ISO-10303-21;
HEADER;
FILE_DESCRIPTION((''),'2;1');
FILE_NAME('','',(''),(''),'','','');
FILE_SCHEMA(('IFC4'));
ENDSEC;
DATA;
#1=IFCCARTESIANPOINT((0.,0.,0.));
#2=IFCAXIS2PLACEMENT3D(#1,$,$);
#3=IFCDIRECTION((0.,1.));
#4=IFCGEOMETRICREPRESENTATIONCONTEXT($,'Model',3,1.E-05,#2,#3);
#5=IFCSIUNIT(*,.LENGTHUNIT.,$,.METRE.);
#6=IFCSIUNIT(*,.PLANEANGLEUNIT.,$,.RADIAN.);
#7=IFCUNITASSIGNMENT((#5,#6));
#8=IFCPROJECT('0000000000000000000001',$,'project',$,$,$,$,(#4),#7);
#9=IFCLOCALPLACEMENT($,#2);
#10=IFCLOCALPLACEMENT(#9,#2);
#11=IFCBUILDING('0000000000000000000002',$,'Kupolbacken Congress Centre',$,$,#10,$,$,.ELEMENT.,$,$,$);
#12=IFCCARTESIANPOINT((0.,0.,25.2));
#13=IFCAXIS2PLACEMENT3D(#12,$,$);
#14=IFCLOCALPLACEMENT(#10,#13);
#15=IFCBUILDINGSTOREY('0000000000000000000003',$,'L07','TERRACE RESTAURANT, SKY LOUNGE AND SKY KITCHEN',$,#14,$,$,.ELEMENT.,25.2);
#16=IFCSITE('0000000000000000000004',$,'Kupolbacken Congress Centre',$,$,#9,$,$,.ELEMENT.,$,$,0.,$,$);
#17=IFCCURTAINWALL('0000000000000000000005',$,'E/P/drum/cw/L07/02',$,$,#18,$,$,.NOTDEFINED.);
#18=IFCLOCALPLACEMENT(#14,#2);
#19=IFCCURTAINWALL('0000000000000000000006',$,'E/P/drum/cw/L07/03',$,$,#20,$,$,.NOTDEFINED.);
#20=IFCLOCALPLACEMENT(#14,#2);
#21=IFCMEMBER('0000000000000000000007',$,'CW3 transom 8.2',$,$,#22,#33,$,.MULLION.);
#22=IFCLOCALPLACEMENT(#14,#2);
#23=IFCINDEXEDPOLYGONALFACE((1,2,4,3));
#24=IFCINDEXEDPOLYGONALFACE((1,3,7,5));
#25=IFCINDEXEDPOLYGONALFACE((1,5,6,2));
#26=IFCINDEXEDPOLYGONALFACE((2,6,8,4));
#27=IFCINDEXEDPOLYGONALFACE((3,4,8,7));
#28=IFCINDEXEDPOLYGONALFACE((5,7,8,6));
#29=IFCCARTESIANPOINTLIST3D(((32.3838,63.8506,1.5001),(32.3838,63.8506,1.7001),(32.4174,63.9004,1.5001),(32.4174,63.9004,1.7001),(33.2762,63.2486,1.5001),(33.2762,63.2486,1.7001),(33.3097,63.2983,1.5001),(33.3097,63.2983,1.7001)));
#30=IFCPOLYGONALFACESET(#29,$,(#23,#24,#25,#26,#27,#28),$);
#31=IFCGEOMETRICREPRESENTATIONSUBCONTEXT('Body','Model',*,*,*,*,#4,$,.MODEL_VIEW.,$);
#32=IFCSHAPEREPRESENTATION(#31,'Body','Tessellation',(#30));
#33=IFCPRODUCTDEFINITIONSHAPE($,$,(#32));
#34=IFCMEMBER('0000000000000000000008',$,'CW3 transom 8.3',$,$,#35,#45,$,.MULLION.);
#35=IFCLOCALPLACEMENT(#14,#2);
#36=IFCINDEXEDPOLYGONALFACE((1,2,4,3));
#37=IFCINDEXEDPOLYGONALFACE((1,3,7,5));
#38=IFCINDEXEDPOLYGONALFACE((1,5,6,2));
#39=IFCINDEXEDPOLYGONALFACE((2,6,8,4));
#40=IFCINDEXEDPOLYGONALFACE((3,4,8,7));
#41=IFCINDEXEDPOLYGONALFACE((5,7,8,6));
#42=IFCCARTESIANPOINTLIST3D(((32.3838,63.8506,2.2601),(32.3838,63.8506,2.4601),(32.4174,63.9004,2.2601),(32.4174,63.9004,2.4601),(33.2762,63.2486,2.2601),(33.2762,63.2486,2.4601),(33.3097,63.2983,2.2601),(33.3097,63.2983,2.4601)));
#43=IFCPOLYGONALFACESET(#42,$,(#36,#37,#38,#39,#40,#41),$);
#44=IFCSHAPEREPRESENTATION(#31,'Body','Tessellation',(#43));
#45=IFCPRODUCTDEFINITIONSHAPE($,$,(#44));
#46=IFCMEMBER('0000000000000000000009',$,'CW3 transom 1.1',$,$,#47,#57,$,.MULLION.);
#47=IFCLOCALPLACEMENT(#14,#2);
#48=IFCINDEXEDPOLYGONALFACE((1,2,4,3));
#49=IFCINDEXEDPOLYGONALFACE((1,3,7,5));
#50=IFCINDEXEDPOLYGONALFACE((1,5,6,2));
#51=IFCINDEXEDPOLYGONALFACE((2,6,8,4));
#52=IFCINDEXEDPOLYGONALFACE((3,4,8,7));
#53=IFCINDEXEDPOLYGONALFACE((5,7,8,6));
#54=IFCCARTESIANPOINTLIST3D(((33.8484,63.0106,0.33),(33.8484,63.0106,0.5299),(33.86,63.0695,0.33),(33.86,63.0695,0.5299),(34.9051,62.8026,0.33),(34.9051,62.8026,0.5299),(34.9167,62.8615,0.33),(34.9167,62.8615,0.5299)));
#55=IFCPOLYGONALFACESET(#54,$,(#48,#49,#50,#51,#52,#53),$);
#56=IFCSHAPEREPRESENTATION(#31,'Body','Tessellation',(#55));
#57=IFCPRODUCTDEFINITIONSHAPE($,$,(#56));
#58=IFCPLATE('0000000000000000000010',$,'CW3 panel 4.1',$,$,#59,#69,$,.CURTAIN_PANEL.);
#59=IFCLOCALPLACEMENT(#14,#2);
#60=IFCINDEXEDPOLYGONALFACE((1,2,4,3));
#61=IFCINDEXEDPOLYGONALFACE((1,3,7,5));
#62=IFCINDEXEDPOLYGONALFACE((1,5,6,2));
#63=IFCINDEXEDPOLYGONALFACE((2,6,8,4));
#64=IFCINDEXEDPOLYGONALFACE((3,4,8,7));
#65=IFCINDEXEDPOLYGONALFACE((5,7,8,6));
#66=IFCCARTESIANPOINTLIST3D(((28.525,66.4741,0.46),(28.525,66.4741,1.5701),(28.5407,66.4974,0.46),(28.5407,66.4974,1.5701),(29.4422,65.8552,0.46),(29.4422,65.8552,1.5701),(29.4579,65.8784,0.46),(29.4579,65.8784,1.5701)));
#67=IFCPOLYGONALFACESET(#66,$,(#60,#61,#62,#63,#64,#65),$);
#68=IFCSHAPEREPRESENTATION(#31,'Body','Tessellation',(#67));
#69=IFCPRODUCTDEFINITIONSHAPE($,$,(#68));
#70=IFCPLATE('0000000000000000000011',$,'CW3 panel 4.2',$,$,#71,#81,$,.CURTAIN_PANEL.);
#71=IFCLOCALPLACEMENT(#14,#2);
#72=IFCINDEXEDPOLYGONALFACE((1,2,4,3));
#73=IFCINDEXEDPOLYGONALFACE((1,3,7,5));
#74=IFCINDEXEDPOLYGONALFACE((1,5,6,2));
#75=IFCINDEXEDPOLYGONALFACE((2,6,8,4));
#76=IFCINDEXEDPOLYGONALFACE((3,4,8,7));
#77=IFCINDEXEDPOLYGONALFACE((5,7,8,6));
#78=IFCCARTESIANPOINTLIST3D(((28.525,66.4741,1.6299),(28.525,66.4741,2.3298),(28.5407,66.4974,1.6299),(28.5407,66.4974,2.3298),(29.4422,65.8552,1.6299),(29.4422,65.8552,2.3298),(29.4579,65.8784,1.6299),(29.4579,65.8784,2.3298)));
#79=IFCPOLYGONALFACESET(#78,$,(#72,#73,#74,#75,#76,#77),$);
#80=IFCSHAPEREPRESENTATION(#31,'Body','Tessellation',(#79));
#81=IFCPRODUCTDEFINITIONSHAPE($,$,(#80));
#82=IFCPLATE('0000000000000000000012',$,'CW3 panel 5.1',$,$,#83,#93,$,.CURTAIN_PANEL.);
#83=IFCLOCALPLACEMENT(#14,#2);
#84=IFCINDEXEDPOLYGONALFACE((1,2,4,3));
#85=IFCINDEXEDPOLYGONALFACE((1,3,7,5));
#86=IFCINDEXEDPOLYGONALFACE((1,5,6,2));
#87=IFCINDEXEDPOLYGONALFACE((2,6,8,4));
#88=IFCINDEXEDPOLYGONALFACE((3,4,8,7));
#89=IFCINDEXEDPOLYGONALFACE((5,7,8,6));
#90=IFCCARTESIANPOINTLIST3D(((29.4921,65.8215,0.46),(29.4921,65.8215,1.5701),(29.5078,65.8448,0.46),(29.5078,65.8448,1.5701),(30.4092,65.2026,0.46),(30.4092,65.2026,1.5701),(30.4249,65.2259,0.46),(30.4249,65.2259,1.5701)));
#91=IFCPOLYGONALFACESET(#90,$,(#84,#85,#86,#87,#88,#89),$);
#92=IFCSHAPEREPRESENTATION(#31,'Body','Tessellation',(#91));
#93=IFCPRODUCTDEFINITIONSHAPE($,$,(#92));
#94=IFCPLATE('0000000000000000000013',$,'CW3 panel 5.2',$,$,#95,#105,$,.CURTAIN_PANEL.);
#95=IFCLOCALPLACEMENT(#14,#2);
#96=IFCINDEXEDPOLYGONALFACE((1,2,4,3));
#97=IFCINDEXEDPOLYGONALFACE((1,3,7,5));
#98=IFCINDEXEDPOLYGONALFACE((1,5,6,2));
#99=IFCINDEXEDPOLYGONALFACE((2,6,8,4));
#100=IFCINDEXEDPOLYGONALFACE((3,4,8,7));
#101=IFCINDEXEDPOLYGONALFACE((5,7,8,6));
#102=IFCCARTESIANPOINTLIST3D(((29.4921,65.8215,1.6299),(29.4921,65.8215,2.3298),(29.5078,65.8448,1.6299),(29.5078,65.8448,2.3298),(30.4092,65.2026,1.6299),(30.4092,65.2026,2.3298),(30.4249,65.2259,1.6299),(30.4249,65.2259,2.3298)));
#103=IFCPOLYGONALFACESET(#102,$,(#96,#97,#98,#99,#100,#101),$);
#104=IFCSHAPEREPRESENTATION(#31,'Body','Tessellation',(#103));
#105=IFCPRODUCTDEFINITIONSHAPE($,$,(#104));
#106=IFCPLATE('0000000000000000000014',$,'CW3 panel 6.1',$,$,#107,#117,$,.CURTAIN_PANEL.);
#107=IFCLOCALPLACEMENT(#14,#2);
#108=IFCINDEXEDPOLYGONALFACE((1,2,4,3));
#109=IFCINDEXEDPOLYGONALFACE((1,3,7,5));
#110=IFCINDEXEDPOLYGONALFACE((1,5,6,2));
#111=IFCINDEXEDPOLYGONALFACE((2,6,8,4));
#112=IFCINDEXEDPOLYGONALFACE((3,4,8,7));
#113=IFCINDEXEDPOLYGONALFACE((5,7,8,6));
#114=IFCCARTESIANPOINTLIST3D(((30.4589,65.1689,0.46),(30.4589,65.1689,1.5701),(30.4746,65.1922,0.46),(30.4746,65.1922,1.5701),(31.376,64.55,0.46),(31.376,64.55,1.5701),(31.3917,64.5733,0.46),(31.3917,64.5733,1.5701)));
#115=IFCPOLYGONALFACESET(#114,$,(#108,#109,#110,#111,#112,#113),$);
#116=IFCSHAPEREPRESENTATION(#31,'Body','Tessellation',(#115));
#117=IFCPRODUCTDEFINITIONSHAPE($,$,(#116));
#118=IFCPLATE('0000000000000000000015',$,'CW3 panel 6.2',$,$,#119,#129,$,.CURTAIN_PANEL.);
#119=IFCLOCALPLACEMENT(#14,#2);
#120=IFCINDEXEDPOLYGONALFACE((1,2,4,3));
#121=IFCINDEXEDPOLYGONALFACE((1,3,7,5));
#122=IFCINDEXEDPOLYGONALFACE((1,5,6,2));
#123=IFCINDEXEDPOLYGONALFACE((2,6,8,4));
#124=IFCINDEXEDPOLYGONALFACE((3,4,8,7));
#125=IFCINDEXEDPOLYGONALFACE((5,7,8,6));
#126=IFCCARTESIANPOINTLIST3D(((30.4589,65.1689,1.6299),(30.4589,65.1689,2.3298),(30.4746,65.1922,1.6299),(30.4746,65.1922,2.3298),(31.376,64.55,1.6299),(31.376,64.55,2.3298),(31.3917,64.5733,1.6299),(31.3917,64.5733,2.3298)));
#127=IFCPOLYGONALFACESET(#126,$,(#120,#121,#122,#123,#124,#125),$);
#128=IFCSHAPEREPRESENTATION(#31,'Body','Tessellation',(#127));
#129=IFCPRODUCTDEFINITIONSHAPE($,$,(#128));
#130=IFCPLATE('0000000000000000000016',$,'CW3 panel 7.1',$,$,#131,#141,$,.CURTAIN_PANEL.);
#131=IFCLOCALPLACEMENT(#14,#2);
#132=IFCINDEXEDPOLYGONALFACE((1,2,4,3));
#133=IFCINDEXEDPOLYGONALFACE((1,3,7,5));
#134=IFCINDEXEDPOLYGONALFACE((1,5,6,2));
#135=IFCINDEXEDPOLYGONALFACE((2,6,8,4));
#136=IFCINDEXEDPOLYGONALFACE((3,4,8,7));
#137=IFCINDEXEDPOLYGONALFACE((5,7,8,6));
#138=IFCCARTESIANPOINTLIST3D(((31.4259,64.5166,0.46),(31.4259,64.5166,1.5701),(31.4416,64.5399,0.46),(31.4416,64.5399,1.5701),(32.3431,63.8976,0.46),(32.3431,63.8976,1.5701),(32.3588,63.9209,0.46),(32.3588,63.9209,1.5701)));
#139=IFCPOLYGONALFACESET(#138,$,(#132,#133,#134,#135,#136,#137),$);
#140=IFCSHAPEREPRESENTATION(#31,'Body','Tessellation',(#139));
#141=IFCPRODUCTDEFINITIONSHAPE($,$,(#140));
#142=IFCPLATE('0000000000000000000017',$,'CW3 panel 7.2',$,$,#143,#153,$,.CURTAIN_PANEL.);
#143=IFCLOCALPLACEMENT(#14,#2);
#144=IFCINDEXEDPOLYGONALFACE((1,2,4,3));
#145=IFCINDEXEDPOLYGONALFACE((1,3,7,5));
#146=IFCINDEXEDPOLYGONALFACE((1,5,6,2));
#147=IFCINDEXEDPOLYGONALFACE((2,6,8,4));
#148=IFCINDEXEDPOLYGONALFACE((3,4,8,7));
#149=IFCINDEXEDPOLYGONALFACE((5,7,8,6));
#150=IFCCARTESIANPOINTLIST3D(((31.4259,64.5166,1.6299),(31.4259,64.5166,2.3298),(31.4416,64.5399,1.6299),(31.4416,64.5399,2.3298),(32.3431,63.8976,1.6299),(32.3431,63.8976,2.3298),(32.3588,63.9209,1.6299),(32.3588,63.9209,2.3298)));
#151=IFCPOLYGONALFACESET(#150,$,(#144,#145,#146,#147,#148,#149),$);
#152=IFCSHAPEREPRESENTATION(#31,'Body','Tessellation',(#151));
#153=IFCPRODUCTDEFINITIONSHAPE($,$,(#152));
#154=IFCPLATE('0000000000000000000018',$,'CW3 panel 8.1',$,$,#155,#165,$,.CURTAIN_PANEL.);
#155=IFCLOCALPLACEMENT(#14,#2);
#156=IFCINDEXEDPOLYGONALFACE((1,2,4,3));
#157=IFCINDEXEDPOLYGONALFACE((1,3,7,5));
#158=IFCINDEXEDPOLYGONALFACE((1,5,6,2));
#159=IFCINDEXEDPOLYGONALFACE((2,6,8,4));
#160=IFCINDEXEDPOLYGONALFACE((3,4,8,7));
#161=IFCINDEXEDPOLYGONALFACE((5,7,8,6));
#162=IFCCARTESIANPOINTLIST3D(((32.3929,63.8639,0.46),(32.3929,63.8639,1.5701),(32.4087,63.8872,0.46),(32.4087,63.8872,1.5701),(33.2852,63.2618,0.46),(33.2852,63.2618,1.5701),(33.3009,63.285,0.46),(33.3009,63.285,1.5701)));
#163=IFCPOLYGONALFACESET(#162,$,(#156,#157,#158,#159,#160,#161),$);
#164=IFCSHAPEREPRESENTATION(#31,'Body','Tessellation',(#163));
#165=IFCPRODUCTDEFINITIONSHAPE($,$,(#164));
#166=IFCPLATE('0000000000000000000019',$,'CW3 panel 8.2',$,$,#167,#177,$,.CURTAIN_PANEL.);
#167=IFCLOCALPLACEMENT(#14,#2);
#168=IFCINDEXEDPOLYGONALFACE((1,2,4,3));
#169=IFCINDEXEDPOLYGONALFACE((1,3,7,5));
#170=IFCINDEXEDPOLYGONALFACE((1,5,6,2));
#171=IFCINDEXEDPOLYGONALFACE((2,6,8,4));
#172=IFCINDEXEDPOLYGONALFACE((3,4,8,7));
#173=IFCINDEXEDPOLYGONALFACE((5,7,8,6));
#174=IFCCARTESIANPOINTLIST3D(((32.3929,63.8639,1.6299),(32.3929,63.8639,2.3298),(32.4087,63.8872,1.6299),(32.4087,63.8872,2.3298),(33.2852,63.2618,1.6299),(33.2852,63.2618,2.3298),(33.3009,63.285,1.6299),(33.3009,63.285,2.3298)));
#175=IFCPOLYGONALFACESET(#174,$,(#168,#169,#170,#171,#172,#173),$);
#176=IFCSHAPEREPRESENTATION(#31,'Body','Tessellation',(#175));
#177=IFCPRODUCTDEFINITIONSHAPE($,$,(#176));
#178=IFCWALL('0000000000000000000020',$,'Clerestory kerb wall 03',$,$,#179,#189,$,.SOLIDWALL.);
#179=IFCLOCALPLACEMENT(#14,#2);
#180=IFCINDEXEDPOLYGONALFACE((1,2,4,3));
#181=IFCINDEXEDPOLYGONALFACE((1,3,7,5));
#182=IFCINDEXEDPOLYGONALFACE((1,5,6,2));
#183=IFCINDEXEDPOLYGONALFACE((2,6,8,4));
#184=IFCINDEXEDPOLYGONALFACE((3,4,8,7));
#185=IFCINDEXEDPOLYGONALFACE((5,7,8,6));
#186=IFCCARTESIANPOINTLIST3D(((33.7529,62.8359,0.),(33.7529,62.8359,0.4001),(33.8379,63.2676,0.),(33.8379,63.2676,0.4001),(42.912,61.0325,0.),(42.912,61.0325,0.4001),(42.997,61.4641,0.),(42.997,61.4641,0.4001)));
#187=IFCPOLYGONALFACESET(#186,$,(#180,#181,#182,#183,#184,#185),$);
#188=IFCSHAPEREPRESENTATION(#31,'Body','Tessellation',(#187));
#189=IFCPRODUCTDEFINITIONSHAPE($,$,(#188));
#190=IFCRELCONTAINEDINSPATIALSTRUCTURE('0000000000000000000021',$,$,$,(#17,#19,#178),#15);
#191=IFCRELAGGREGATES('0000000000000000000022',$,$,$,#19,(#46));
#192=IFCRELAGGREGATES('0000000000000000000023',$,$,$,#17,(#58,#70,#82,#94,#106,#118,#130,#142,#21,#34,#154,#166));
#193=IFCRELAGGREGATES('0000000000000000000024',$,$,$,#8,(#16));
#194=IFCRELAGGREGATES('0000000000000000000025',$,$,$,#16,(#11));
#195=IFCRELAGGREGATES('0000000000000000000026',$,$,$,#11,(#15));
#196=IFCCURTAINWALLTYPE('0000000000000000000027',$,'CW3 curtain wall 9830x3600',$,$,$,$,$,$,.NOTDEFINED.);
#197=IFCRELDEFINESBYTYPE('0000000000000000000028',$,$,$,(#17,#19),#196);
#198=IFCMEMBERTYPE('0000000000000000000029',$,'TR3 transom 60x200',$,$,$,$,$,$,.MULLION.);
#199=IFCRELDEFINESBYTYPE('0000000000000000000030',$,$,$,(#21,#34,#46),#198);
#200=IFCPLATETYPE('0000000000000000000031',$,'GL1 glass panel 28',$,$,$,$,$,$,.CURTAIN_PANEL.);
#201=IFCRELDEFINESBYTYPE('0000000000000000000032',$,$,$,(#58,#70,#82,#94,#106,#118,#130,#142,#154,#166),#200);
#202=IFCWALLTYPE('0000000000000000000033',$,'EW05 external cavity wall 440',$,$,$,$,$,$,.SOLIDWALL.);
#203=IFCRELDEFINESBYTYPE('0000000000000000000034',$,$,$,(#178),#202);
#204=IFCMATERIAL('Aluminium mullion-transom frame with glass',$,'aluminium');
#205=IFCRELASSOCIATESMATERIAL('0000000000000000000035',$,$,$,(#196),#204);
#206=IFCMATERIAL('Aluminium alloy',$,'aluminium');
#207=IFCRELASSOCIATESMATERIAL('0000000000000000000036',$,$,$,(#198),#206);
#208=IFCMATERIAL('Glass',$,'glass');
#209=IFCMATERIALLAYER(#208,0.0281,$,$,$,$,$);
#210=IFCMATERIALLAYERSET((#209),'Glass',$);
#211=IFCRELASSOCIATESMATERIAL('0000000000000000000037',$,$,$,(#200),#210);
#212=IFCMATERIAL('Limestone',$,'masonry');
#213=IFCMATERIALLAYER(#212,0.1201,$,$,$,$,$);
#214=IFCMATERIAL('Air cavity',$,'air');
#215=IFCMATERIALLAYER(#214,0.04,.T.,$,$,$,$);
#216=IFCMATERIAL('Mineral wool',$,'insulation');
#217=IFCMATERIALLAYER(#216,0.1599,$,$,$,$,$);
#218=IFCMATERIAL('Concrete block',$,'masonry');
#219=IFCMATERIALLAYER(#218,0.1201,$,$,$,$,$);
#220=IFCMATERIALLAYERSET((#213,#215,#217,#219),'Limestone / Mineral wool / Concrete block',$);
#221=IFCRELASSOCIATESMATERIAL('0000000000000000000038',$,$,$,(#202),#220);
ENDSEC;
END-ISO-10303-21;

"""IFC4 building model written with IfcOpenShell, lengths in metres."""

from ifc_helpers import new_model, si_unit, direction, frame, frame_2d, origin, origin_2d, place, context, subcontext, project, spatial, rectangle, extrude, material, layer, layer_set, material_profile, profile_set, type_object, element, aggregate, save


model = new_model("IFC4")

# Units and contexts
model_context = context("Model", 3, precision=1e-05, world=origin(), true_north=direction((0.0, 1.0)))
body_context = subcontext(model_context, "Body", "Model", "MODEL_VIEW")
ifc_project = project(units=[si_unit("LENGTHUNIT", "METRE"), si_unit("PLANEANGLEUNIT", "RADIAN")], contexts=[model_context])

# Site, building, storey
site_placement = place(None, origin())
site = spatial("IfcSite", under=ifc_project, at=site_placement, Name="Kupolbacken Congress Centre", CompositionType="ELEMENT", RefElevation=0.0)
building_placement = place(site_placement, origin())
building = spatial("IfcBuilding", under=site, at=building_placement, Name="Kupolbacken Congress Centre", CompositionType="ELEMENT")
storey_placement = place(building_placement, frame((0.0, 0.0, 25.2)))
storey = spatial("IfcBuildingStorey", under=building, at=storey_placement, Name="L07", Description="TERRACE RESTAURANT, SKY LOUNGE AND SKY KITCHEN", CompositionType="ELEMENT", Elevation=25.2)

# Curtain wall
ifc_material_1 = material(Name="Aluminium mullion-transom frame with glass", Category="aluminium")
curtain_wall_type = type_object("IfcCurtainWallType", Name="CW3 curtain wall 9830x3600", PredefinedType="NOTDEFINED", material=ifc_material_1)
curtain_wall_1_placement = place(storey_placement, origin())
curtain_wall_1 = element("IfcCurtainWall", 1, at=curtain_wall_1_placement, inside=storey, type_object=curtain_wall_type, Name="E/P/drum/cw/L07/02", PredefinedType="NOTDEFINED")

# Curtain wall
curtain_wall_2_placement = place(storey_placement, origin())
curtain_wall_2 = element("IfcCurtainWall", 2, at=curtain_wall_2_placement, inside=storey, type_object=curtain_wall_type, Name="E/P/drum/cw/L07/03", PredefinedType="NOTDEFINED")

# Members
ifc_material_2 = material(Name="Aluminium alloy", Category="aluminium")
ifc_material_profile_1 = material_profile(ifc_material_2, rectangle(XDim=0.0601, YDim=0.2, at=origin_2d()), Name="60 x 200")
ifc_profile_set_1 = profile_set([ifc_material_profile_1], Name="Aluminium alloy")
member_type_1 = type_object("IfcMemberType", Name="TR3 transom 60x200", PredefinedType="MULLION", material=ifc_profile_set_1)
member_1_placement = place(storey_placement, frame((32.4006, 63.8755, 1.6001), z_axis=(0.828967, -0.559298, 0.0), x_axis=(0.559298, 0.828967, 0.0)))
member_1 = element("IfcMember", 3, at=member_1_placement, type_object=member_type_1, Name="CW3 transom 8.2", PredefinedType="MULLION", context=body_context, shape_type="SweptSolid", body=[
    extrude(rectangle(XDim=0.0601, YDim=0.2, at=origin_2d()), origin(), (0.0, 0.0, 1.0), 1.0764),
])
member_2_placement = place(storey_placement, frame((32.4006, 63.8755, 2.3601), z_axis=(0.828967, -0.559298, 0.0), x_axis=(0.559298, 0.828967, 0.0)))
member_2 = element("IfcMember", 4, at=member_2_placement, type_object=member_type_1, Name="CW3 transom 8.3", PredefinedType="MULLION", context=body_context, shape_type="SweptSolid", body=[
    extrude(rectangle(XDim=0.0601, YDim=0.2, at=origin_2d()), origin(), (0.0, 0.0, 1.0), 1.0764),
])
member_3_placement = place(storey_placement, frame((33.8542, 63.04, 0.4299), z_axis=(0.981169, -0.193151, 0.0), x_axis=(0.193151, 0.981169, 0.0)))
member_3 = element("IfcMember", 5, at=member_3_placement, type_object=member_type_1, Name="CW3 transom 1.1", PredefinedType="MULLION", context=body_context, shape_type="SweptSolid", body=[
    extrude(rectangle(XDim=0.0601, YDim=0.2, at=origin_2d()), origin(), (0.0, 0.0, 1.0), 1.0769),
])
aggregate(curtain_wall_2, [member_3])

# Plates
ifc_material_3 = material(Name="Glass", Category="glass")
ifc_layer_1 = layer(ifc_material_3, 0.0281)
ifc_layer_set_1 = layer_set([ifc_layer_1], Name="Glass")
plate_type = type_object("IfcPlateType", Name="GL1 glass panel 28", PredefinedType="CURTAIN_PANEL", material=ifc_layer_set_1)
plate_1_placement = place(storey_placement, frame((28.9915, 66.1763, 0.46), z_axis=(0.0, 0.0, 1.0), x_axis=(0.828908, -0.559386, 0.0)))
plate_1 = element("IfcPlate", 6, at=plate_1_placement, type_object=plate_type, Name="CW3 panel 4.1", PredefinedType="CURTAIN_PANEL", context=body_context, shape_type="SweptSolid", body=[
    extrude(rectangle(XDim=1.1064, YDim=0.0281, at=origin_2d()), origin(), (0.0, 0.0, 1.0), 1.1101),
])
plate_2_placement = place(storey_placement, frame((28.9915, 66.1763, 1.6299), z_axis=(0.0, 0.0, 1.0), x_axis=(0.828908, -0.559386, 0.0)))
plate_2 = element("IfcPlate", 7, at=plate_2_placement, type_object=plate_type, Name="CW3 panel 4.2", PredefinedType="CURTAIN_PANEL", context=body_context, shape_type="SweptSolid", body=[
    extrude(rectangle(XDim=1.1064, YDim=0.0281, at=origin_2d()), origin(), (0.0, 0.0, 1.0), 0.7),
])
plate_3_placement = place(storey_placement, frame((29.9585, 65.5237, 0.46), z_axis=(0.0, 0.0, 1.0), x_axis=(0.828908, -0.559386, 0.0)))
plate_3 = element("IfcPlate", 8, at=plate_3_placement, type_object=plate_type, Name="CW3 panel 5.1", PredefinedType="CURTAIN_PANEL", context=body_context, shape_type="SweptSolid", body=[
    extrude(rectangle(XDim=1.1064, YDim=0.0281, at=origin_2d()), origin(), (0.0, 0.0, 1.0), 1.1101),
])
plate_4_placement = place(storey_placement, frame((29.9585, 65.5237, 1.6299), z_axis=(0.0, 0.0, 1.0), x_axis=(0.828908, -0.559386, 0.0)))
plate_4 = element("IfcPlate", 9, at=plate_4_placement, type_object=plate_type, Name="CW3 panel 5.2", PredefinedType="CURTAIN_PANEL", context=body_context, shape_type="SweptSolid", body=[
    extrude(rectangle(XDim=1.1064, YDim=0.0281, at=origin_2d()), origin(), (0.0, 0.0, 1.0), 0.7),
])
plate_5_placement = place(storey_placement, frame((30.9253, 64.8711, 0.46), z_axis=(0.0, 0.0, 1.0), x_axis=(0.828908, -0.559386, 0.0)))
plate_5 = element("IfcPlate", 10, at=plate_5_placement, type_object=plate_type, Name="CW3 panel 6.1", PredefinedType="CURTAIN_PANEL", context=body_context, shape_type="SweptSolid", body=[
    extrude(rectangle(XDim=1.1064, YDim=0.0281, at=origin_2d()), origin(), (0.0, 0.0, 1.0), 1.1101),
])
plate_6_placement = place(storey_placement, frame((30.9253, 64.8711, 1.6299), z_axis=(0.0, 0.0, 1.0), x_axis=(0.828908, -0.559386, 0.0)))
plate_6 = element("IfcPlate", 11, at=plate_6_placement, type_object=plate_type, Name="CW3 panel 6.2", PredefinedType="CURTAIN_PANEL", context=body_context, shape_type="SweptSolid", body=[
    extrude(rectangle(XDim=1.1064, YDim=0.0281, at=origin_2d()), origin(), (0.0, 0.0, 1.0), 0.7),
])
plate_7_placement = place(storey_placement, frame((31.8923, 64.2188, 0.46), z_axis=(0.0, 0.0, 1.0), x_axis=(0.828908, -0.559386, 0.0)))
plate_7 = element("IfcPlate", 12, at=plate_7_placement, type_object=plate_type, Name="CW3 panel 7.1", PredefinedType="CURTAIN_PANEL", context=body_context, shape_type="SweptSolid", body=[
    extrude(rectangle(XDim=1.1064, YDim=0.0281, at=origin_2d()), origin(), (0.0, 0.0, 1.0), 1.1101),
])
plate_8_placement = place(storey_placement, frame((31.8923, 64.2188, 1.6299), z_axis=(0.0, 0.0, 1.0), x_axis=(0.828908, -0.559386, 0.0)))
plate_8 = element("IfcPlate", 13, at=plate_8_placement, type_object=plate_type, Name="CW3 panel 7.2", PredefinedType="CURTAIN_PANEL", context=body_context, shape_type="SweptSolid", body=[
    extrude(rectangle(XDim=1.1064, YDim=0.0281, at=origin_2d()), origin(), (0.0, 0.0, 1.0), 0.7),
])
plate_9_placement = place(storey_placement, frame((32.8469, 63.5745, 0.46), z_axis=(0.0, 0.0, 1.0), x_axis=(0.828908, -0.559386, 0.0)))
plate_9 = element("IfcPlate", 14, at=plate_9_placement, type_object=plate_type, Name="CW3 panel 8.1", PredefinedType="CURTAIN_PANEL", context=body_context, shape_type="SweptSolid", body=[
    extrude(rectangle(XDim=1.0764, YDim=0.0281, at=origin_2d()), origin(), (0.0, 0.0, 1.0), 1.1101),
])
plate_10_placement = place(storey_placement, frame((32.8469, 63.5745, 1.6299), z_axis=(0.0, 0.0, 1.0), x_axis=(0.828908, -0.559386, 0.0)))
plate_10 = element("IfcPlate", 15, at=plate_10_placement, type_object=plate_type, Name="CW3 panel 8.2", PredefinedType="CURTAIN_PANEL", context=body_context, shape_type="SweptSolid", body=[
    extrude(rectangle(XDim=1.0764, YDim=0.0281, at=origin_2d()), origin(), (0.0, 0.0, 1.0), 0.7),
])
aggregate(curtain_wall_1, [plate_1, plate_2, plate_3, plate_4, plate_5, plate_6, plate_7, plate_8, member_1, member_2, plate_9, plate_10])

# Wall
ifc_material_4 = material(Name="Limestone", Category="masonry")
ifc_layer_2 = layer(ifc_material_4, 0.1201)
ifc_material_5 = material(Name="Air cavity", Category="air")
ifc_layer_3 = layer(ifc_material_5, 0.04, ventilated=True)
ifc_material_6 = material(Name="Mineral wool", Category="insulation")
ifc_layer_4 = layer(ifc_material_6, 0.1599)
ifc_material_7 = material(Name="Concrete block", Category="masonry")
ifc_layer_5 = layer(ifc_material_7, 0.1201)
ifc_layer_set_2 = layer_set([ifc_layer_2, ifc_layer_3, ifc_layer_4, ifc_layer_5], Name="Limestone / Mineral wool / Concrete block")
wall_type = type_object("IfcWallType", Name="EW05 external cavity wall 440", PredefinedType="SOLIDWALL", material=ifc_layer_set_2)
wall_placement = place(storey_placement, frame((33.7954, 63.0518, 0.0), z_axis=(0.0, 0.0, 1.0), x_axis=(0.981161, -0.193193, 0.0)))
element("IfcWall", 16, at=wall_placement, inside=storey, type_object=wall_type, Name="Clerestory kerb wall 03", PredefinedType="SOLIDWALL", context=body_context, shape_type="SweptSolid", body=[
    extrude(rectangle(XDim=9.335, YDim=0.4399, at=frame_2d((4.6675, 0.0))), origin(), (0.0, 0.0, 1.0), 0.4001),
])

save(model, "model.ifc")
